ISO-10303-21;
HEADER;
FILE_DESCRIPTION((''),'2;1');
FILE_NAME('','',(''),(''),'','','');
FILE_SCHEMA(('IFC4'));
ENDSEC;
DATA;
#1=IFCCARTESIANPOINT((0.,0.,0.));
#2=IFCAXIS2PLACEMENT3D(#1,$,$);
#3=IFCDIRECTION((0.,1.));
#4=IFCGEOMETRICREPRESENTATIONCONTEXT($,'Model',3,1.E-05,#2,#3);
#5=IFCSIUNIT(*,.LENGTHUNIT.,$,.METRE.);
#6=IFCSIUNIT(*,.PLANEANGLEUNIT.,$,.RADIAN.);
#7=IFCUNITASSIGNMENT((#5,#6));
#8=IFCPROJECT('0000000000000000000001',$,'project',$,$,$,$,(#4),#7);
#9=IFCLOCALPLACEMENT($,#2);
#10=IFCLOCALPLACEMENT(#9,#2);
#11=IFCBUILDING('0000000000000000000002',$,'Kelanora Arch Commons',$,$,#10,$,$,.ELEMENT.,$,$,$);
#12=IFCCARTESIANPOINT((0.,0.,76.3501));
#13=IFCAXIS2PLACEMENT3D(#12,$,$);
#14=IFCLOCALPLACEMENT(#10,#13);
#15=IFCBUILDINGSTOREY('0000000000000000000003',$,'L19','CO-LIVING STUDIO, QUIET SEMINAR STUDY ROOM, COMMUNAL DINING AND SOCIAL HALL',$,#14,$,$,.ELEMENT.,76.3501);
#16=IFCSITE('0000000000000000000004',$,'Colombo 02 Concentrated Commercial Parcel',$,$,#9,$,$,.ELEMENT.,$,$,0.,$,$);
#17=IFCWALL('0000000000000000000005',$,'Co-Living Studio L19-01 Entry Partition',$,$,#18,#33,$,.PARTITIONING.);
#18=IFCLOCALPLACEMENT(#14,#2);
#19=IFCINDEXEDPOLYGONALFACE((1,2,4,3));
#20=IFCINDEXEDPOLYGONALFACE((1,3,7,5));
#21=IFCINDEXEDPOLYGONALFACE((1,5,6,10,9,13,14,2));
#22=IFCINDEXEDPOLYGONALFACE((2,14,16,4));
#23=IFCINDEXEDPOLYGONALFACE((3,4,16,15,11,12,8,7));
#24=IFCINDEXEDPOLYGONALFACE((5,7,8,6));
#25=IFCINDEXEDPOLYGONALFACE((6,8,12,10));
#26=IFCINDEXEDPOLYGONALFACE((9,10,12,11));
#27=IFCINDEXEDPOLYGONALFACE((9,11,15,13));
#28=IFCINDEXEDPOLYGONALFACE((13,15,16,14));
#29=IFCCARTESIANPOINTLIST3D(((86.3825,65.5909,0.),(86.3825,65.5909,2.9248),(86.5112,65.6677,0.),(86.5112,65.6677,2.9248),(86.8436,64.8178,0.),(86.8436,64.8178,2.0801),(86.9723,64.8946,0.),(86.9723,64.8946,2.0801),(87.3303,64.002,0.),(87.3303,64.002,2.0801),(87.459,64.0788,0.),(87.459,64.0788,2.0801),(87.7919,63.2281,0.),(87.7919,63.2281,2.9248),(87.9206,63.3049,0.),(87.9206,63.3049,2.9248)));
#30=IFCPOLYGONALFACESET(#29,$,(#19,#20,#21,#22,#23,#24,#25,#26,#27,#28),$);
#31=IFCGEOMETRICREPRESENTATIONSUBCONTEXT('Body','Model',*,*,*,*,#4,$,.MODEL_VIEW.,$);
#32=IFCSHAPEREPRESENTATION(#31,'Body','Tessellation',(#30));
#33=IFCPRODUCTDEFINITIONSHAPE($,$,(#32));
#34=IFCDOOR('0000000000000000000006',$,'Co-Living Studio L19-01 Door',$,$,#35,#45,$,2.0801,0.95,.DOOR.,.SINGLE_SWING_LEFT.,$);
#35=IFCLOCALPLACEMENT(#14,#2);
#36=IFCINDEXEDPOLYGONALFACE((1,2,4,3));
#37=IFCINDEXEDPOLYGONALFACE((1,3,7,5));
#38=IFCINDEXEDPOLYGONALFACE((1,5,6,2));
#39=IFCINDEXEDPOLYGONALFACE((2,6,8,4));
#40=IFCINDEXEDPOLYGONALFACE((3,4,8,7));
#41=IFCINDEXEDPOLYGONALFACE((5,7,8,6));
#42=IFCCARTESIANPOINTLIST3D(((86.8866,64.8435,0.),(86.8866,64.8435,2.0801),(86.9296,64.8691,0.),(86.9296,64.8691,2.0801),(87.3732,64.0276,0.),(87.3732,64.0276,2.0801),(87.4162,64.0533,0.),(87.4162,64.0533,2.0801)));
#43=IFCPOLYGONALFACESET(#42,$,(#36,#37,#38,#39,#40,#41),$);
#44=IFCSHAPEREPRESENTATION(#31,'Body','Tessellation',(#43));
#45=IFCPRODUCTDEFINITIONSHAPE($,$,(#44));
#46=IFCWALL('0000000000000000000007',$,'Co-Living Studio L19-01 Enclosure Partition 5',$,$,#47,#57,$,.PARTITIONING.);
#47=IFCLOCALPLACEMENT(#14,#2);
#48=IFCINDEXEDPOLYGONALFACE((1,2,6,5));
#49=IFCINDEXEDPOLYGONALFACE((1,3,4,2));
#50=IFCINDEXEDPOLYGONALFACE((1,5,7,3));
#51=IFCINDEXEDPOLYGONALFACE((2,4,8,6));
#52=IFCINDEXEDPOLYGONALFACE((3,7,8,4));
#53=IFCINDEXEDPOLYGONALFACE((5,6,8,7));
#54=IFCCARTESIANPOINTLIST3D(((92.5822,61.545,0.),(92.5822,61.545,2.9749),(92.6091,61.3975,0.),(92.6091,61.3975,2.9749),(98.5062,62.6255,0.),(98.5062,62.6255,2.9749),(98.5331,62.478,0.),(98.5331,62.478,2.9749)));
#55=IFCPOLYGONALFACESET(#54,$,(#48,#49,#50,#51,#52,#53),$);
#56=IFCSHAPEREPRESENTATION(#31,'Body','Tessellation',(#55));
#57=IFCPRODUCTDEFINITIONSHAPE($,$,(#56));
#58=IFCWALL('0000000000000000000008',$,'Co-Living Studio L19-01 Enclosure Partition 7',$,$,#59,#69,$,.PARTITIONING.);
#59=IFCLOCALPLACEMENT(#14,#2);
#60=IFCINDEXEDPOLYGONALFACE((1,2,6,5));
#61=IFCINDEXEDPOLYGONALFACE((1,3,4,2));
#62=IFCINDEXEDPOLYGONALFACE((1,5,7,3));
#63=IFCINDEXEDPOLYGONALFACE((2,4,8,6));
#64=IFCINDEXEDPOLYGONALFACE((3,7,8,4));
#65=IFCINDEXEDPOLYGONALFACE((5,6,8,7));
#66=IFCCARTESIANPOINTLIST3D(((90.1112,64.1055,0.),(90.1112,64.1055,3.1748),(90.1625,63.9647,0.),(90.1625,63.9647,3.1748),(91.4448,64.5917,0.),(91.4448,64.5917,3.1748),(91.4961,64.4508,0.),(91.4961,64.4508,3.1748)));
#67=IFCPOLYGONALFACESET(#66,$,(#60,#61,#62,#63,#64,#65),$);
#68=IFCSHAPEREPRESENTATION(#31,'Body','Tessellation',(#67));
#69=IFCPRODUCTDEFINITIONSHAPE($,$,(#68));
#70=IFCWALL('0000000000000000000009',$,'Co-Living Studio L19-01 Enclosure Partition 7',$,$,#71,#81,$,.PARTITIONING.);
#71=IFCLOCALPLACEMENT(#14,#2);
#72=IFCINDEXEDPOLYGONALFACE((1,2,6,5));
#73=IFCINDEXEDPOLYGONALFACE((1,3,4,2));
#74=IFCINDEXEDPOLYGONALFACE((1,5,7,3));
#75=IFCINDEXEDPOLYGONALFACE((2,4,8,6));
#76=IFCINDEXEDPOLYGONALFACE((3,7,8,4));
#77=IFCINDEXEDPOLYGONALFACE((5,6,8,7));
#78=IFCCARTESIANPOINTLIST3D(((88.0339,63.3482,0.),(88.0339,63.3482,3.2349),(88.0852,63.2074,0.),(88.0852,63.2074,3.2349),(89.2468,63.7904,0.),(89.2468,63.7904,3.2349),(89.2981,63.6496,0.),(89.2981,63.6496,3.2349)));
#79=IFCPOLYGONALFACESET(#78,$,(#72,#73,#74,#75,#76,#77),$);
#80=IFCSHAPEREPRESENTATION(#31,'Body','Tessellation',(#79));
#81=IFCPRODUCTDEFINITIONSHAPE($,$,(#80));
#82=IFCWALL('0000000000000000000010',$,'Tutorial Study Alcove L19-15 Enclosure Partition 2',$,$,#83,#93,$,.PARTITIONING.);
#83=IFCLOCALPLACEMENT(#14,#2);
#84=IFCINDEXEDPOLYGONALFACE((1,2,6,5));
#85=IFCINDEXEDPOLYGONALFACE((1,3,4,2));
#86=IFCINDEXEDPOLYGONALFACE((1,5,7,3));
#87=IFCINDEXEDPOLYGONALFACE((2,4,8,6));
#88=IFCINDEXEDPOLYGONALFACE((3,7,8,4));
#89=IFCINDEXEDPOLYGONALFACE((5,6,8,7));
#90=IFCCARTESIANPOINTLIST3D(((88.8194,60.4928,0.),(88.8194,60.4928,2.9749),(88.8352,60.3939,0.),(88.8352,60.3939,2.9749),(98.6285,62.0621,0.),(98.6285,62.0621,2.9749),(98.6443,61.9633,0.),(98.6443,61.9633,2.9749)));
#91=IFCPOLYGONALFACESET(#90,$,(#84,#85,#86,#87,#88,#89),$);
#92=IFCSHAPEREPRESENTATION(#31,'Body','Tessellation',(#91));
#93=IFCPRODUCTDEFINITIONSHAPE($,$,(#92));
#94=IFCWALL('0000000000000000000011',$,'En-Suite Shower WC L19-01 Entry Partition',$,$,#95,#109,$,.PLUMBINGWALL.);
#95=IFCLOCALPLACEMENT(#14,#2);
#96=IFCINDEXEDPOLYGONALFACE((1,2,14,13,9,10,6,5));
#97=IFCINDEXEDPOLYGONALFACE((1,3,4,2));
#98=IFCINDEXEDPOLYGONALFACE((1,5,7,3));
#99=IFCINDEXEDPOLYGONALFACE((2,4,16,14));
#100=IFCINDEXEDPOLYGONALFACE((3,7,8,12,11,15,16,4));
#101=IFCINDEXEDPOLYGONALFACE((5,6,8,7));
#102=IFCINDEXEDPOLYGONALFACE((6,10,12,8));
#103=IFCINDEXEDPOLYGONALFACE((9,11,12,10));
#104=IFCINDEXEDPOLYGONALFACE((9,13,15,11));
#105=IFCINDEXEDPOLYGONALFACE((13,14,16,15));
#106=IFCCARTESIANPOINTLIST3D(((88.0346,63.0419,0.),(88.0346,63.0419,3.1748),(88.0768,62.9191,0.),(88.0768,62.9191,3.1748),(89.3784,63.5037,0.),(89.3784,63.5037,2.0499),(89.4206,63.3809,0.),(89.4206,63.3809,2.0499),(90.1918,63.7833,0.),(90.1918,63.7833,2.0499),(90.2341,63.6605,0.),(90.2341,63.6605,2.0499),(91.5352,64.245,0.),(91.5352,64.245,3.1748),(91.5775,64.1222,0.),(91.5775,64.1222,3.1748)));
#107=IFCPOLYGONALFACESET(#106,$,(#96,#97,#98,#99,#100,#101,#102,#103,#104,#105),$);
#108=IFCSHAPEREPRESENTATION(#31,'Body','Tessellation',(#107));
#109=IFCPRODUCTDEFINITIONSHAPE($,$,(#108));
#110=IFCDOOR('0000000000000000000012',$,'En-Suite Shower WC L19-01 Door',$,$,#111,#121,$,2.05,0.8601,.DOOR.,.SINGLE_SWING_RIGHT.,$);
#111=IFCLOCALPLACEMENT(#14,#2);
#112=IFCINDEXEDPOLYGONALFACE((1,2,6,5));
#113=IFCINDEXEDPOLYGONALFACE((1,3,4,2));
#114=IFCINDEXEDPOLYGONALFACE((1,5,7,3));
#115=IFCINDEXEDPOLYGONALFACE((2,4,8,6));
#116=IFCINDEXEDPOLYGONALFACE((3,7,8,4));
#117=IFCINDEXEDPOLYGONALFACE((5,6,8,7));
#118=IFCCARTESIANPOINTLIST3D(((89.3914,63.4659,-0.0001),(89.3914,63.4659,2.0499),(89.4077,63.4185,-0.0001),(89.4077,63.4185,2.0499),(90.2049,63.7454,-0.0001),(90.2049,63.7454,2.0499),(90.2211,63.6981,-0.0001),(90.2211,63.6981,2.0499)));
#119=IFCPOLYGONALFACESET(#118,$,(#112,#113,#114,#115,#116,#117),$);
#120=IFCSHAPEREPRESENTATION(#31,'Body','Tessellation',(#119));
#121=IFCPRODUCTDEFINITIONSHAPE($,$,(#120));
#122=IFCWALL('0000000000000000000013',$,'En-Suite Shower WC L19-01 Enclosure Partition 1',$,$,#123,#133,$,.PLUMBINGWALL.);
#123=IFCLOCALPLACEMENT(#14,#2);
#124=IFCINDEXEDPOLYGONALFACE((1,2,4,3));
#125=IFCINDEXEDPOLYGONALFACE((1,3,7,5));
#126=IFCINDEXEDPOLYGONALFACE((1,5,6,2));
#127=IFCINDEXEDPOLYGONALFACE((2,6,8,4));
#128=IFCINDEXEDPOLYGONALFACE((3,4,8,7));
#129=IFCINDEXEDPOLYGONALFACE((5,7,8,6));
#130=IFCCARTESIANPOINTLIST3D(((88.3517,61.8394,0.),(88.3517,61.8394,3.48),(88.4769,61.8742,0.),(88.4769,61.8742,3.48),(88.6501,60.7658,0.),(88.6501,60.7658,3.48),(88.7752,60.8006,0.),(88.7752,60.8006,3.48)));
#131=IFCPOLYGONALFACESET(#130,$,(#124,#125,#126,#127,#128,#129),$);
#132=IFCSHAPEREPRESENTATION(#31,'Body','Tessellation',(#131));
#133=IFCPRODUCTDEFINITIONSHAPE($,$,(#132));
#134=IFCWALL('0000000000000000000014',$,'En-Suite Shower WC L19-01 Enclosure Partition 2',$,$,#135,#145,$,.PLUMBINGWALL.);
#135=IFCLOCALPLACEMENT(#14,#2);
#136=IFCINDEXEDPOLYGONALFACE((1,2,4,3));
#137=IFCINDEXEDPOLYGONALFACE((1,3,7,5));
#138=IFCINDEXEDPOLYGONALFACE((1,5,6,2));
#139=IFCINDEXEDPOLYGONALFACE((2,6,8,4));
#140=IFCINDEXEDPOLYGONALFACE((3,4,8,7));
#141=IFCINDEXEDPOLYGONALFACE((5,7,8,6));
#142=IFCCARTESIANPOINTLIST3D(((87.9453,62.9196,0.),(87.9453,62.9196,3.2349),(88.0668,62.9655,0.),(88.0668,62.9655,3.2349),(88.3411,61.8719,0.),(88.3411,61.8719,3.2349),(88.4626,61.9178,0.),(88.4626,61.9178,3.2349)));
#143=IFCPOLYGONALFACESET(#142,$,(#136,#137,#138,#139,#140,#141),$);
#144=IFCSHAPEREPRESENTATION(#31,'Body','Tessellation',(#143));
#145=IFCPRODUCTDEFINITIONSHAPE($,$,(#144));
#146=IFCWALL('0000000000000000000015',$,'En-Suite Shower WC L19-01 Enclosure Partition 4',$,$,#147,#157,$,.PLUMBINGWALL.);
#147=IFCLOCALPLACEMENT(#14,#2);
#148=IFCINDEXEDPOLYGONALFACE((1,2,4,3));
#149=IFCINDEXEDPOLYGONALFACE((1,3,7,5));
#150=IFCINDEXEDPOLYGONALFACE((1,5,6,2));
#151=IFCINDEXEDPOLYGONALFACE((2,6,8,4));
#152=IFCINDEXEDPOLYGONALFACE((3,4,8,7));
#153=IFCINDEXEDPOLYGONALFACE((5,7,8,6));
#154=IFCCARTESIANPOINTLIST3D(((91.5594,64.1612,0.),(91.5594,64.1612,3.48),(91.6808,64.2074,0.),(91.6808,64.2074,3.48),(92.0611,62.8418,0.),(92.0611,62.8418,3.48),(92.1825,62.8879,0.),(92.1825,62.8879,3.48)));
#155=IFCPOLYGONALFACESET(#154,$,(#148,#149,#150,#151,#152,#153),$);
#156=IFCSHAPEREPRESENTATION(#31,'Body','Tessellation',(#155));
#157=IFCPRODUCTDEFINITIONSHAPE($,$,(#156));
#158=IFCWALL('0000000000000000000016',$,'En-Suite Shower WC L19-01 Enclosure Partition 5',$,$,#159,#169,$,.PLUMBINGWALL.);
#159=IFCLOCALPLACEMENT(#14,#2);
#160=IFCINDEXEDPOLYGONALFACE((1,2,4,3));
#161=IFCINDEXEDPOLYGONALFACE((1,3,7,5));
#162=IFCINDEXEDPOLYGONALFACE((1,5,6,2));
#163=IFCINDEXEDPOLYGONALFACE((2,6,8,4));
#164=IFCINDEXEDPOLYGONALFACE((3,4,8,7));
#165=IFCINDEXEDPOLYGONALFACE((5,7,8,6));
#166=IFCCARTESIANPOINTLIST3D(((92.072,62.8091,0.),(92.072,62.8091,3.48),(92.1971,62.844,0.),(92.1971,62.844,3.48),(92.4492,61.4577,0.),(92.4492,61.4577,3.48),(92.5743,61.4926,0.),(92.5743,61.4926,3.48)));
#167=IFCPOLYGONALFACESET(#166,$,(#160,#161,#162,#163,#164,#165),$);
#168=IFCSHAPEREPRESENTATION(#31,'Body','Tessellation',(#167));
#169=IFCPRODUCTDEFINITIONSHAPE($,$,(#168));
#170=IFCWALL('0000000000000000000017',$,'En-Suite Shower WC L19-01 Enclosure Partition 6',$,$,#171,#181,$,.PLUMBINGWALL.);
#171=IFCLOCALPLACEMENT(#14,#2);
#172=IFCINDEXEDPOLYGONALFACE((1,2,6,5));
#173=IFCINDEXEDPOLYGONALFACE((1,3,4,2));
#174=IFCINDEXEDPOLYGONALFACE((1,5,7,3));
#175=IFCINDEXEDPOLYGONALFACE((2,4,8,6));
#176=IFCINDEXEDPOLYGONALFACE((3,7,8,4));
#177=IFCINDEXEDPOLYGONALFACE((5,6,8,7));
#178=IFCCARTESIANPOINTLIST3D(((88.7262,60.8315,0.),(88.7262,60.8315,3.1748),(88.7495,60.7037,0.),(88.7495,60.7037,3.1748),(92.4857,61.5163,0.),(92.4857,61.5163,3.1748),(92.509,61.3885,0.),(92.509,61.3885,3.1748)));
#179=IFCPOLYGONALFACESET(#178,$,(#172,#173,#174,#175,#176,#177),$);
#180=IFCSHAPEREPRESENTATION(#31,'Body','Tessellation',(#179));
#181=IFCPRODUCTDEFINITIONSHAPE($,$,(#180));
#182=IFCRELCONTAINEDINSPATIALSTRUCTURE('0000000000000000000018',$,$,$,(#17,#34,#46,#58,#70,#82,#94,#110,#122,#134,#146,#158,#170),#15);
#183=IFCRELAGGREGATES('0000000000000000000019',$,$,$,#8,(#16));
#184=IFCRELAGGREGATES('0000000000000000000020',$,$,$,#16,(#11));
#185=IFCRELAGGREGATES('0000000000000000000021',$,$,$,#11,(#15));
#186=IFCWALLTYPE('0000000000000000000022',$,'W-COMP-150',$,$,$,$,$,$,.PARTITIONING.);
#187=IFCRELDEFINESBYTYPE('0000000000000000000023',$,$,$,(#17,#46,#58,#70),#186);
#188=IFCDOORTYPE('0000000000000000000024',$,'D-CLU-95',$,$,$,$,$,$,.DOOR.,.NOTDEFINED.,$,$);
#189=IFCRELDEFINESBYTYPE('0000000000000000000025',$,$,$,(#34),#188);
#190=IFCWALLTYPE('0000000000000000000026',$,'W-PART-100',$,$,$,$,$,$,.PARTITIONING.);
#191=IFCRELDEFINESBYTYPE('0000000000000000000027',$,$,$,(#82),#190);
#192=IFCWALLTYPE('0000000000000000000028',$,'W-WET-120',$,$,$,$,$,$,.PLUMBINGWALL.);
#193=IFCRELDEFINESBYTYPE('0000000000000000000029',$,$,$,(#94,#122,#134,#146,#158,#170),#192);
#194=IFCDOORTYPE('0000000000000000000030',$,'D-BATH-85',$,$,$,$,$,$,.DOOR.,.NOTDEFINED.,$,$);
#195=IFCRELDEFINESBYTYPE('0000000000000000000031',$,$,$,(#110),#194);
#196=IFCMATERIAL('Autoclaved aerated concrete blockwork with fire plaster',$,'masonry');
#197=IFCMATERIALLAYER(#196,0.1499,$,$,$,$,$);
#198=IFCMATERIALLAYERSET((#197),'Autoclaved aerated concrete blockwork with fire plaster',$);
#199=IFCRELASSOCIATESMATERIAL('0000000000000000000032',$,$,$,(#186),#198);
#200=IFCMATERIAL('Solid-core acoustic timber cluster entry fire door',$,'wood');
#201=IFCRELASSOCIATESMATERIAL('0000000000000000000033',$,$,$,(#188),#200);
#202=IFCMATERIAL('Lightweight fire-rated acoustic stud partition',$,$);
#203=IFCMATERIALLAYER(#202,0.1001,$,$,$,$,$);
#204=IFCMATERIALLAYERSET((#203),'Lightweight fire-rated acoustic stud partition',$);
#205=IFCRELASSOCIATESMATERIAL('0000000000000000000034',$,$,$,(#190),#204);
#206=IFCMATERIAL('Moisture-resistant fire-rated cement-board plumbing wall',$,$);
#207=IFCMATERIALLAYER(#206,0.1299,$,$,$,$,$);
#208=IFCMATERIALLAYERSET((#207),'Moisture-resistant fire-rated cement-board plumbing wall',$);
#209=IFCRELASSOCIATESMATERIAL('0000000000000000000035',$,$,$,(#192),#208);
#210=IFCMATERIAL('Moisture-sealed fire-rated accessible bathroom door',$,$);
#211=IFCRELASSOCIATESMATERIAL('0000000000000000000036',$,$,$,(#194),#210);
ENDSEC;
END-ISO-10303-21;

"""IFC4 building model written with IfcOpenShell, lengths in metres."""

from ifc_helpers import new_model, si_unit, direction, frame, frame_2d, origin, place, context, subcontext, project, spatial, rectangle, extrude, material, layer, layer_set, type_object, element, fill, save


model = new_model("IFC4")

# Units and contexts
model_context = context("Model", 3, precision=1e-05, world=origin(), true_north=direction((0.0, 1.0)))
body_context = subcontext(model_context, "Body", "Model", "MODEL_VIEW")
ifc_project = project(units=[si_unit("LENGTHUNIT", "METRE"), si_unit("PLANEANGLEUNIT", "RADIAN")], contexts=[model_context])

# Site, building, storey
site_placement = place(None, origin())
site = spatial("IfcSite", under=ifc_project, at=site_placement, Name="Colombo 02 Concentrated Commercial Parcel", CompositionType="ELEMENT", RefElevation=0.0)
building_placement = place(site_placement, origin())
building = spatial("IfcBuilding", under=site, at=building_placement, Name="Kelanora Arch Commons", CompositionType="ELEMENT")
storey_placement = place(building_placement, frame((0.0, 0.0, 76.3501)))
storey = spatial("IfcBuildingStorey", under=building, at=storey_placement, Name="L19", Description="CO-LIVING STUDIO, QUIET SEMINAR STUDY ROOM, COMMUNAL DINING AND SOCIAL HALL", CompositionType="ELEMENT", Elevation=76.3501)

# Wall, opening, door
ifc_material_1 = material(Name="Autoclaved aerated concrete blockwork with fire plaster", Category="masonry")
ifc_layer_1 = layer(ifc_material_1, 0.1499)
ifc_layer_set_1 = layer_set([ifc_layer_1], Name="Autoclaved aerated concrete blockwork with fire plaster")
wall_type_1 = type_object("IfcWallType", Name="W-COMP-150", PredefinedType="PARTITIONING", material=ifc_layer_set_1)
wall_1_placement = place(storey_placement, frame((87.8562, 63.2666, 0.0), z_axis=(0.0, 0.0, 1.0), x_axis=(-0.512289, 0.858813, 0.0)))
wall_1 = element("IfcWall", 1, at=wall_1_placement, inside=storey, type_object=wall_type_1, Name="Co-Living Studio L19-01 Entry Partition", PredefinedType="PARTITIONING", context=body_context, shape_type="SweptSolid", body=[
    extrude(rectangle(XDim=2.7512, YDim=0.1499, at=frame_2d((1.3755, 0.0))), origin(), (0.0, 0.0, 1.0), 2.9248),
])
opening_1_placement = place(wall_1_placement, frame((0.9009, 0.0, 0.0)))
opening_1 = element("IfcOpeningElement", 2, at=opening_1_placement, cuts=wall_1, PredefinedType="OPENING", context=body_context, shape_type="SweptSolid", body=[
    extrude(rectangle(XDim=0.95, YDim=2.0801, at=frame_2d((0.4751, 1.04))), frame((0.0, 0.085, 0.0), z_axis=(0.0, -1.0, 0.0), x_axis=(1.0, 0.0, 0.0)), (0.0, 0.0, 1.0), 0.1699),
])
ifc_material_2 = material(Name="Solid-core acoustic timber cluster entry fire door", Category="wood")
door_type_1 = type_object("IfcDoorType", Name="D-CLU-95", OperationType="NOTDEFINED", PredefinedType="DOOR", material=ifc_material_2)
door_1_placement = place(opening_1_placement, origin())
door_1 = element("IfcDoor", 3, at=door_1_placement, inside=storey, type_object=door_type_1, Name="Co-Living Studio L19-01 Door", OperationType="SINGLE_SWING_LEFT", OverallHeight=2.0801, OverallWidth=0.95, PredefinedType="DOOR", context=body_context, shape_type="SweptSolid", body=[
    extrude(rectangle(XDim=0.95, YDim=2.0801, at=frame_2d((0.4751, 1.04))), frame((0.0, 0.0249, 0.0), z_axis=(0.0, -1.0, 0.0), x_axis=(1.0, 0.0, 0.0)), (0.0, 0.0, 1.0), 0.05),
])
fill(opening_1, door_1)

# Walls
wall_2_placement = place(storey_placement, frame((98.5195, 62.5518, 0.0), z_axis=(0.0, 0.0, 1.0), x_axis=(-0.983769, -0.179442, 0.0)))
element("IfcWall", 4, at=wall_2_placement, inside=storey, type_object=wall_type_1, Name="Co-Living Studio L19-01 Enclosure Partition 5", PredefinedType="PARTITIONING", context=body_context, shape_type="SweptSolid", body=[
    extrude(rectangle(XDim=6.0217, YDim=0.1499, at=frame_2d((3.0107, 0.0))), origin(), (0.0, 0.0, 1.0), 2.9749),
])
wall_3_placement = place(storey_placement, frame((91.4705, 64.5212, 0.0), z_axis=(0.0, 0.0, 1.0), x_axis=(-0.939527, -0.342475, 0.0)))
element("IfcWall", 5, at=wall_3_placement, inside=storey, type_object=wall_type_1, Name="Co-Living Studio L19-01 Enclosure Partition 7", PredefinedType="PARTITIONING", context=body_context, shape_type="SweptSolid", body=[
    extrude(rectangle(XDim=1.4194, YDim=0.1499, at=frame_2d((0.7097, 0.0))), origin(), (0.0, 0.0, 1.0), 3.1748),
])
wall_4_placement = place(storey_placement, frame((89.2725, 63.72, 0.0), z_axis=(0.0, 0.0, 1.0), x_axis=(-0.939523, -0.342487, 0.0)))
element("IfcWall", 6, at=wall_4_placement, inside=storey, type_object=wall_type_1, Name="Co-Living Studio L19-01 Enclosure Partition 7", PredefinedType="PARTITIONING", context=body_context, shape_type="SweptSolid", body=[
    extrude(rectangle(XDim=1.291, YDim=0.1499, at=frame_2d((0.6455, 0.0))), origin(), (0.0, 0.0, 1.0), 3.2349),
])
ifc_material_3 = material(Name="Lightweight fire-rated acoustic stud partition")
ifc_layer_2 = layer(ifc_material_3, 0.1001)
ifc_layer_set_2 = layer_set([ifc_layer_2], Name="Lightweight fire-rated acoustic stud partition")
wall_type_2 = type_object("IfcWallType", Name="W-PART-100", PredefinedType="PARTITIONING", material=ifc_layer_set_2)
wall_5_placement = place(storey_placement, frame((88.8274, 60.4434, 0.0), z_axis=(0.0, 0.0, 1.0), x_axis=(0.987442, 0.157979, 0.0)))
element("IfcWall", 7, at=wall_5_placement, inside=storey, type_object=wall_type_2, Name="Tutorial Study Alcove L19-15 Enclosure Partition 2", PredefinedType="PARTITIONING", context=body_context, shape_type="SweptSolid", body=[
    extrude(rectangle(XDim=9.9338, YDim=0.1001, at=frame_2d((4.9668, 0.0))), origin(), (0.0, 0.0, 1.0), 2.9749),
])

# Wall, opening, door
ifc_material_4 = material(Name="Moisture-resistant fire-rated cement-board plumbing wall")
ifc_layer_3 = layer(ifc_material_4, 0.1299)
ifc_layer_set_3 = layer_set([ifc_layer_3], Name="Moisture-resistant fire-rated cement-board plumbing wall")
wall_type_3 = type_object("IfcWallType", Name="W-WET-120", PredefinedType="PLUMBINGWALL", material=ifc_layer_set_3)
wall_6_placement = place(storey_placement, frame((88.0557, 62.9805, 0.0), z_axis=(0.0, 0.0, 1.0), x_axis=(0.945708, 0.325019, 0.0)))
wall_6 = element("IfcWall", 8, at=wall_6_placement, inside=storey, type_object=wall_type_3, Name="En-Suite Shower WC L19-01 Entry Partition", PredefinedType="PLUMBINGWALL", context=body_context, shape_type="SweptSolid", body=[
    extrude(rectangle(XDim=3.7017, YDim=0.1299, at=frame_2d((1.8508, 0.0))), origin(), (0.0, 0.0, 1.0), 3.1748),
])
opening_2_placement = place(wall_6_placement, frame((1.4209, 0.0, 0.0)))
opening_2 = element("IfcOpeningElement", 9, at=opening_2_placement, cuts=wall_6, PredefinedType="OPENING", context=body_context, shape_type="SweptSolid", body=[
    extrude(rectangle(XDim=0.8601, YDim=2.05, at=frame_2d((0.4302, 1.0249))), frame((0.0, 0.075, 0.0), z_axis=(0.0, -1.0, 0.0), x_axis=(1.0, 0.0, 0.0)), (0.0, 0.0, 1.0), 0.1499),
])
ifc_material_5 = material(Name="Moisture-sealed fire-rated accessible bathroom door")
door_type_2 = type_object("IfcDoorType", Name="D-BATH-85", OperationType="NOTDEFINED", PredefinedType="DOOR", material=ifc_material_5)
door_2_placement = place(opening_2_placement, origin())
door_2 = element("IfcDoor", 10, at=door_2_placement, inside=storey, type_object=door_type_2, Name="En-Suite Shower WC L19-01 Door", OperationType="SINGLE_SWING_RIGHT", OverallHeight=2.05, OverallWidth=0.8601, PredefinedType="DOOR", context=body_context, shape_type="SweptSolid", body=[
    extrude(rectangle(XDim=0.8601, YDim=2.05, at=frame_2d((0.4302, 1.0249))), frame((0.0, 0.0249, 0.0), z_axis=(0.0, -1.0, 0.0), x_axis=(1.0, 0.0, 0.0)), (0.0, 0.0, 1.0), 0.05),
])
fill(opening_2, door_2)

# Walls
wall_7_placement = place(storey_placement, frame((88.7126, 60.7832, 0.0), z_axis=(0.0, 0.0, 1.0), x_axis=(-0.267768, 0.963483, 0.0)))
element("IfcWall", 11, at=wall_7_placement, inside=storey, type_object=wall_type_3, Name="En-Suite Shower WC L19-01 Enclosure Partition 1", PredefinedType="PLUMBINGWALL", context=body_context, shape_type="SweptSolid", body=[
    extrude(rectangle(XDim=1.1143, YDim=0.1299, at=frame_2d((0.5571, 0.0))), origin(), (0.0, 0.0, 1.0), 3.48),
])
wall_8_placement = place(storey_placement, frame((88.4019, 61.8948, 0.0), z_axis=(0.0, 0.0, 1.0), x_axis=(-0.353392, 0.935475, 0.0)))
element("IfcWall", 12, at=wall_8_placement, inside=storey, type_object=wall_type_3, Name="En-Suite Shower WC L19-01 Enclosure Partition 2", PredefinedType="PLUMBINGWALL", context=body_context, shape_type="SweptSolid", body=[
    extrude(rectangle(XDim=1.1199, YDim=0.1299, at=frame_2d((0.5601, 0.0))), origin(), (0.0, 0.0, 1.0), 3.2349),
])
wall_9_placement = place(storey_placement, frame((91.6201, 64.1843, 0.0), z_axis=(0.0, 0.0, 1.0), x_axis=(0.355384, -0.93472, 0.0)))
element("IfcWall", 13, at=wall_9_placement, inside=storey, type_object=wall_type_3, Name="En-Suite Shower WC L19-01 Enclosure Partition 4", PredefinedType="PLUMBINGWALL", context=body_context, shape_type="SweptSolid", body=[
    extrude(rectangle(XDim=1.4116, YDim=0.1299, at=frame_2d((0.7058, 0.0))), origin(), (0.0, 0.0, 1.0), 3.48),
])
wall_10_placement = place(storey_placement, frame((92.1345, 62.8267, 0.0), z_axis=(0.0, 0.0, 1.0), x_axis=(0.268855, -0.963181, 0.0)))
element("IfcWall", 14, at=wall_10_placement, inside=storey, type_object=wall_type_3, Name="En-Suite Shower WC L19-01 Enclosure Partition 5", PredefinedType="PLUMBINGWALL", context=body_context, shape_type="SweptSolid", body=[
    extrude(rectangle(XDim=1.4031, YDim=0.1299, at=frame_2d((0.7017, 0.0))), origin(), (0.0, 0.0, 1.0), 3.48),
])
wall_11_placement = place(storey_placement, frame((92.4973, 61.4524, 0.0), z_axis=(0.0, 0.0, 1.0), x_axis=(-0.983812, -0.179206, 0.0)))
element("IfcWall", 15, at=wall_11_placement, inside=storey, type_object=wall_type_3, Name="En-Suite Shower WC L19-01 Enclosure Partition 6", PredefinedType="PLUMBINGWALL", context=body_context, shape_type="SweptSolid", body=[
    extrude(rectangle(XDim=3.8213, YDim=0.1299, at=frame_2d((1.9106, 0.0))), origin(), (0.0, 0.0, 1.0), 3.1748),
])

save(model, "model.ifc")
